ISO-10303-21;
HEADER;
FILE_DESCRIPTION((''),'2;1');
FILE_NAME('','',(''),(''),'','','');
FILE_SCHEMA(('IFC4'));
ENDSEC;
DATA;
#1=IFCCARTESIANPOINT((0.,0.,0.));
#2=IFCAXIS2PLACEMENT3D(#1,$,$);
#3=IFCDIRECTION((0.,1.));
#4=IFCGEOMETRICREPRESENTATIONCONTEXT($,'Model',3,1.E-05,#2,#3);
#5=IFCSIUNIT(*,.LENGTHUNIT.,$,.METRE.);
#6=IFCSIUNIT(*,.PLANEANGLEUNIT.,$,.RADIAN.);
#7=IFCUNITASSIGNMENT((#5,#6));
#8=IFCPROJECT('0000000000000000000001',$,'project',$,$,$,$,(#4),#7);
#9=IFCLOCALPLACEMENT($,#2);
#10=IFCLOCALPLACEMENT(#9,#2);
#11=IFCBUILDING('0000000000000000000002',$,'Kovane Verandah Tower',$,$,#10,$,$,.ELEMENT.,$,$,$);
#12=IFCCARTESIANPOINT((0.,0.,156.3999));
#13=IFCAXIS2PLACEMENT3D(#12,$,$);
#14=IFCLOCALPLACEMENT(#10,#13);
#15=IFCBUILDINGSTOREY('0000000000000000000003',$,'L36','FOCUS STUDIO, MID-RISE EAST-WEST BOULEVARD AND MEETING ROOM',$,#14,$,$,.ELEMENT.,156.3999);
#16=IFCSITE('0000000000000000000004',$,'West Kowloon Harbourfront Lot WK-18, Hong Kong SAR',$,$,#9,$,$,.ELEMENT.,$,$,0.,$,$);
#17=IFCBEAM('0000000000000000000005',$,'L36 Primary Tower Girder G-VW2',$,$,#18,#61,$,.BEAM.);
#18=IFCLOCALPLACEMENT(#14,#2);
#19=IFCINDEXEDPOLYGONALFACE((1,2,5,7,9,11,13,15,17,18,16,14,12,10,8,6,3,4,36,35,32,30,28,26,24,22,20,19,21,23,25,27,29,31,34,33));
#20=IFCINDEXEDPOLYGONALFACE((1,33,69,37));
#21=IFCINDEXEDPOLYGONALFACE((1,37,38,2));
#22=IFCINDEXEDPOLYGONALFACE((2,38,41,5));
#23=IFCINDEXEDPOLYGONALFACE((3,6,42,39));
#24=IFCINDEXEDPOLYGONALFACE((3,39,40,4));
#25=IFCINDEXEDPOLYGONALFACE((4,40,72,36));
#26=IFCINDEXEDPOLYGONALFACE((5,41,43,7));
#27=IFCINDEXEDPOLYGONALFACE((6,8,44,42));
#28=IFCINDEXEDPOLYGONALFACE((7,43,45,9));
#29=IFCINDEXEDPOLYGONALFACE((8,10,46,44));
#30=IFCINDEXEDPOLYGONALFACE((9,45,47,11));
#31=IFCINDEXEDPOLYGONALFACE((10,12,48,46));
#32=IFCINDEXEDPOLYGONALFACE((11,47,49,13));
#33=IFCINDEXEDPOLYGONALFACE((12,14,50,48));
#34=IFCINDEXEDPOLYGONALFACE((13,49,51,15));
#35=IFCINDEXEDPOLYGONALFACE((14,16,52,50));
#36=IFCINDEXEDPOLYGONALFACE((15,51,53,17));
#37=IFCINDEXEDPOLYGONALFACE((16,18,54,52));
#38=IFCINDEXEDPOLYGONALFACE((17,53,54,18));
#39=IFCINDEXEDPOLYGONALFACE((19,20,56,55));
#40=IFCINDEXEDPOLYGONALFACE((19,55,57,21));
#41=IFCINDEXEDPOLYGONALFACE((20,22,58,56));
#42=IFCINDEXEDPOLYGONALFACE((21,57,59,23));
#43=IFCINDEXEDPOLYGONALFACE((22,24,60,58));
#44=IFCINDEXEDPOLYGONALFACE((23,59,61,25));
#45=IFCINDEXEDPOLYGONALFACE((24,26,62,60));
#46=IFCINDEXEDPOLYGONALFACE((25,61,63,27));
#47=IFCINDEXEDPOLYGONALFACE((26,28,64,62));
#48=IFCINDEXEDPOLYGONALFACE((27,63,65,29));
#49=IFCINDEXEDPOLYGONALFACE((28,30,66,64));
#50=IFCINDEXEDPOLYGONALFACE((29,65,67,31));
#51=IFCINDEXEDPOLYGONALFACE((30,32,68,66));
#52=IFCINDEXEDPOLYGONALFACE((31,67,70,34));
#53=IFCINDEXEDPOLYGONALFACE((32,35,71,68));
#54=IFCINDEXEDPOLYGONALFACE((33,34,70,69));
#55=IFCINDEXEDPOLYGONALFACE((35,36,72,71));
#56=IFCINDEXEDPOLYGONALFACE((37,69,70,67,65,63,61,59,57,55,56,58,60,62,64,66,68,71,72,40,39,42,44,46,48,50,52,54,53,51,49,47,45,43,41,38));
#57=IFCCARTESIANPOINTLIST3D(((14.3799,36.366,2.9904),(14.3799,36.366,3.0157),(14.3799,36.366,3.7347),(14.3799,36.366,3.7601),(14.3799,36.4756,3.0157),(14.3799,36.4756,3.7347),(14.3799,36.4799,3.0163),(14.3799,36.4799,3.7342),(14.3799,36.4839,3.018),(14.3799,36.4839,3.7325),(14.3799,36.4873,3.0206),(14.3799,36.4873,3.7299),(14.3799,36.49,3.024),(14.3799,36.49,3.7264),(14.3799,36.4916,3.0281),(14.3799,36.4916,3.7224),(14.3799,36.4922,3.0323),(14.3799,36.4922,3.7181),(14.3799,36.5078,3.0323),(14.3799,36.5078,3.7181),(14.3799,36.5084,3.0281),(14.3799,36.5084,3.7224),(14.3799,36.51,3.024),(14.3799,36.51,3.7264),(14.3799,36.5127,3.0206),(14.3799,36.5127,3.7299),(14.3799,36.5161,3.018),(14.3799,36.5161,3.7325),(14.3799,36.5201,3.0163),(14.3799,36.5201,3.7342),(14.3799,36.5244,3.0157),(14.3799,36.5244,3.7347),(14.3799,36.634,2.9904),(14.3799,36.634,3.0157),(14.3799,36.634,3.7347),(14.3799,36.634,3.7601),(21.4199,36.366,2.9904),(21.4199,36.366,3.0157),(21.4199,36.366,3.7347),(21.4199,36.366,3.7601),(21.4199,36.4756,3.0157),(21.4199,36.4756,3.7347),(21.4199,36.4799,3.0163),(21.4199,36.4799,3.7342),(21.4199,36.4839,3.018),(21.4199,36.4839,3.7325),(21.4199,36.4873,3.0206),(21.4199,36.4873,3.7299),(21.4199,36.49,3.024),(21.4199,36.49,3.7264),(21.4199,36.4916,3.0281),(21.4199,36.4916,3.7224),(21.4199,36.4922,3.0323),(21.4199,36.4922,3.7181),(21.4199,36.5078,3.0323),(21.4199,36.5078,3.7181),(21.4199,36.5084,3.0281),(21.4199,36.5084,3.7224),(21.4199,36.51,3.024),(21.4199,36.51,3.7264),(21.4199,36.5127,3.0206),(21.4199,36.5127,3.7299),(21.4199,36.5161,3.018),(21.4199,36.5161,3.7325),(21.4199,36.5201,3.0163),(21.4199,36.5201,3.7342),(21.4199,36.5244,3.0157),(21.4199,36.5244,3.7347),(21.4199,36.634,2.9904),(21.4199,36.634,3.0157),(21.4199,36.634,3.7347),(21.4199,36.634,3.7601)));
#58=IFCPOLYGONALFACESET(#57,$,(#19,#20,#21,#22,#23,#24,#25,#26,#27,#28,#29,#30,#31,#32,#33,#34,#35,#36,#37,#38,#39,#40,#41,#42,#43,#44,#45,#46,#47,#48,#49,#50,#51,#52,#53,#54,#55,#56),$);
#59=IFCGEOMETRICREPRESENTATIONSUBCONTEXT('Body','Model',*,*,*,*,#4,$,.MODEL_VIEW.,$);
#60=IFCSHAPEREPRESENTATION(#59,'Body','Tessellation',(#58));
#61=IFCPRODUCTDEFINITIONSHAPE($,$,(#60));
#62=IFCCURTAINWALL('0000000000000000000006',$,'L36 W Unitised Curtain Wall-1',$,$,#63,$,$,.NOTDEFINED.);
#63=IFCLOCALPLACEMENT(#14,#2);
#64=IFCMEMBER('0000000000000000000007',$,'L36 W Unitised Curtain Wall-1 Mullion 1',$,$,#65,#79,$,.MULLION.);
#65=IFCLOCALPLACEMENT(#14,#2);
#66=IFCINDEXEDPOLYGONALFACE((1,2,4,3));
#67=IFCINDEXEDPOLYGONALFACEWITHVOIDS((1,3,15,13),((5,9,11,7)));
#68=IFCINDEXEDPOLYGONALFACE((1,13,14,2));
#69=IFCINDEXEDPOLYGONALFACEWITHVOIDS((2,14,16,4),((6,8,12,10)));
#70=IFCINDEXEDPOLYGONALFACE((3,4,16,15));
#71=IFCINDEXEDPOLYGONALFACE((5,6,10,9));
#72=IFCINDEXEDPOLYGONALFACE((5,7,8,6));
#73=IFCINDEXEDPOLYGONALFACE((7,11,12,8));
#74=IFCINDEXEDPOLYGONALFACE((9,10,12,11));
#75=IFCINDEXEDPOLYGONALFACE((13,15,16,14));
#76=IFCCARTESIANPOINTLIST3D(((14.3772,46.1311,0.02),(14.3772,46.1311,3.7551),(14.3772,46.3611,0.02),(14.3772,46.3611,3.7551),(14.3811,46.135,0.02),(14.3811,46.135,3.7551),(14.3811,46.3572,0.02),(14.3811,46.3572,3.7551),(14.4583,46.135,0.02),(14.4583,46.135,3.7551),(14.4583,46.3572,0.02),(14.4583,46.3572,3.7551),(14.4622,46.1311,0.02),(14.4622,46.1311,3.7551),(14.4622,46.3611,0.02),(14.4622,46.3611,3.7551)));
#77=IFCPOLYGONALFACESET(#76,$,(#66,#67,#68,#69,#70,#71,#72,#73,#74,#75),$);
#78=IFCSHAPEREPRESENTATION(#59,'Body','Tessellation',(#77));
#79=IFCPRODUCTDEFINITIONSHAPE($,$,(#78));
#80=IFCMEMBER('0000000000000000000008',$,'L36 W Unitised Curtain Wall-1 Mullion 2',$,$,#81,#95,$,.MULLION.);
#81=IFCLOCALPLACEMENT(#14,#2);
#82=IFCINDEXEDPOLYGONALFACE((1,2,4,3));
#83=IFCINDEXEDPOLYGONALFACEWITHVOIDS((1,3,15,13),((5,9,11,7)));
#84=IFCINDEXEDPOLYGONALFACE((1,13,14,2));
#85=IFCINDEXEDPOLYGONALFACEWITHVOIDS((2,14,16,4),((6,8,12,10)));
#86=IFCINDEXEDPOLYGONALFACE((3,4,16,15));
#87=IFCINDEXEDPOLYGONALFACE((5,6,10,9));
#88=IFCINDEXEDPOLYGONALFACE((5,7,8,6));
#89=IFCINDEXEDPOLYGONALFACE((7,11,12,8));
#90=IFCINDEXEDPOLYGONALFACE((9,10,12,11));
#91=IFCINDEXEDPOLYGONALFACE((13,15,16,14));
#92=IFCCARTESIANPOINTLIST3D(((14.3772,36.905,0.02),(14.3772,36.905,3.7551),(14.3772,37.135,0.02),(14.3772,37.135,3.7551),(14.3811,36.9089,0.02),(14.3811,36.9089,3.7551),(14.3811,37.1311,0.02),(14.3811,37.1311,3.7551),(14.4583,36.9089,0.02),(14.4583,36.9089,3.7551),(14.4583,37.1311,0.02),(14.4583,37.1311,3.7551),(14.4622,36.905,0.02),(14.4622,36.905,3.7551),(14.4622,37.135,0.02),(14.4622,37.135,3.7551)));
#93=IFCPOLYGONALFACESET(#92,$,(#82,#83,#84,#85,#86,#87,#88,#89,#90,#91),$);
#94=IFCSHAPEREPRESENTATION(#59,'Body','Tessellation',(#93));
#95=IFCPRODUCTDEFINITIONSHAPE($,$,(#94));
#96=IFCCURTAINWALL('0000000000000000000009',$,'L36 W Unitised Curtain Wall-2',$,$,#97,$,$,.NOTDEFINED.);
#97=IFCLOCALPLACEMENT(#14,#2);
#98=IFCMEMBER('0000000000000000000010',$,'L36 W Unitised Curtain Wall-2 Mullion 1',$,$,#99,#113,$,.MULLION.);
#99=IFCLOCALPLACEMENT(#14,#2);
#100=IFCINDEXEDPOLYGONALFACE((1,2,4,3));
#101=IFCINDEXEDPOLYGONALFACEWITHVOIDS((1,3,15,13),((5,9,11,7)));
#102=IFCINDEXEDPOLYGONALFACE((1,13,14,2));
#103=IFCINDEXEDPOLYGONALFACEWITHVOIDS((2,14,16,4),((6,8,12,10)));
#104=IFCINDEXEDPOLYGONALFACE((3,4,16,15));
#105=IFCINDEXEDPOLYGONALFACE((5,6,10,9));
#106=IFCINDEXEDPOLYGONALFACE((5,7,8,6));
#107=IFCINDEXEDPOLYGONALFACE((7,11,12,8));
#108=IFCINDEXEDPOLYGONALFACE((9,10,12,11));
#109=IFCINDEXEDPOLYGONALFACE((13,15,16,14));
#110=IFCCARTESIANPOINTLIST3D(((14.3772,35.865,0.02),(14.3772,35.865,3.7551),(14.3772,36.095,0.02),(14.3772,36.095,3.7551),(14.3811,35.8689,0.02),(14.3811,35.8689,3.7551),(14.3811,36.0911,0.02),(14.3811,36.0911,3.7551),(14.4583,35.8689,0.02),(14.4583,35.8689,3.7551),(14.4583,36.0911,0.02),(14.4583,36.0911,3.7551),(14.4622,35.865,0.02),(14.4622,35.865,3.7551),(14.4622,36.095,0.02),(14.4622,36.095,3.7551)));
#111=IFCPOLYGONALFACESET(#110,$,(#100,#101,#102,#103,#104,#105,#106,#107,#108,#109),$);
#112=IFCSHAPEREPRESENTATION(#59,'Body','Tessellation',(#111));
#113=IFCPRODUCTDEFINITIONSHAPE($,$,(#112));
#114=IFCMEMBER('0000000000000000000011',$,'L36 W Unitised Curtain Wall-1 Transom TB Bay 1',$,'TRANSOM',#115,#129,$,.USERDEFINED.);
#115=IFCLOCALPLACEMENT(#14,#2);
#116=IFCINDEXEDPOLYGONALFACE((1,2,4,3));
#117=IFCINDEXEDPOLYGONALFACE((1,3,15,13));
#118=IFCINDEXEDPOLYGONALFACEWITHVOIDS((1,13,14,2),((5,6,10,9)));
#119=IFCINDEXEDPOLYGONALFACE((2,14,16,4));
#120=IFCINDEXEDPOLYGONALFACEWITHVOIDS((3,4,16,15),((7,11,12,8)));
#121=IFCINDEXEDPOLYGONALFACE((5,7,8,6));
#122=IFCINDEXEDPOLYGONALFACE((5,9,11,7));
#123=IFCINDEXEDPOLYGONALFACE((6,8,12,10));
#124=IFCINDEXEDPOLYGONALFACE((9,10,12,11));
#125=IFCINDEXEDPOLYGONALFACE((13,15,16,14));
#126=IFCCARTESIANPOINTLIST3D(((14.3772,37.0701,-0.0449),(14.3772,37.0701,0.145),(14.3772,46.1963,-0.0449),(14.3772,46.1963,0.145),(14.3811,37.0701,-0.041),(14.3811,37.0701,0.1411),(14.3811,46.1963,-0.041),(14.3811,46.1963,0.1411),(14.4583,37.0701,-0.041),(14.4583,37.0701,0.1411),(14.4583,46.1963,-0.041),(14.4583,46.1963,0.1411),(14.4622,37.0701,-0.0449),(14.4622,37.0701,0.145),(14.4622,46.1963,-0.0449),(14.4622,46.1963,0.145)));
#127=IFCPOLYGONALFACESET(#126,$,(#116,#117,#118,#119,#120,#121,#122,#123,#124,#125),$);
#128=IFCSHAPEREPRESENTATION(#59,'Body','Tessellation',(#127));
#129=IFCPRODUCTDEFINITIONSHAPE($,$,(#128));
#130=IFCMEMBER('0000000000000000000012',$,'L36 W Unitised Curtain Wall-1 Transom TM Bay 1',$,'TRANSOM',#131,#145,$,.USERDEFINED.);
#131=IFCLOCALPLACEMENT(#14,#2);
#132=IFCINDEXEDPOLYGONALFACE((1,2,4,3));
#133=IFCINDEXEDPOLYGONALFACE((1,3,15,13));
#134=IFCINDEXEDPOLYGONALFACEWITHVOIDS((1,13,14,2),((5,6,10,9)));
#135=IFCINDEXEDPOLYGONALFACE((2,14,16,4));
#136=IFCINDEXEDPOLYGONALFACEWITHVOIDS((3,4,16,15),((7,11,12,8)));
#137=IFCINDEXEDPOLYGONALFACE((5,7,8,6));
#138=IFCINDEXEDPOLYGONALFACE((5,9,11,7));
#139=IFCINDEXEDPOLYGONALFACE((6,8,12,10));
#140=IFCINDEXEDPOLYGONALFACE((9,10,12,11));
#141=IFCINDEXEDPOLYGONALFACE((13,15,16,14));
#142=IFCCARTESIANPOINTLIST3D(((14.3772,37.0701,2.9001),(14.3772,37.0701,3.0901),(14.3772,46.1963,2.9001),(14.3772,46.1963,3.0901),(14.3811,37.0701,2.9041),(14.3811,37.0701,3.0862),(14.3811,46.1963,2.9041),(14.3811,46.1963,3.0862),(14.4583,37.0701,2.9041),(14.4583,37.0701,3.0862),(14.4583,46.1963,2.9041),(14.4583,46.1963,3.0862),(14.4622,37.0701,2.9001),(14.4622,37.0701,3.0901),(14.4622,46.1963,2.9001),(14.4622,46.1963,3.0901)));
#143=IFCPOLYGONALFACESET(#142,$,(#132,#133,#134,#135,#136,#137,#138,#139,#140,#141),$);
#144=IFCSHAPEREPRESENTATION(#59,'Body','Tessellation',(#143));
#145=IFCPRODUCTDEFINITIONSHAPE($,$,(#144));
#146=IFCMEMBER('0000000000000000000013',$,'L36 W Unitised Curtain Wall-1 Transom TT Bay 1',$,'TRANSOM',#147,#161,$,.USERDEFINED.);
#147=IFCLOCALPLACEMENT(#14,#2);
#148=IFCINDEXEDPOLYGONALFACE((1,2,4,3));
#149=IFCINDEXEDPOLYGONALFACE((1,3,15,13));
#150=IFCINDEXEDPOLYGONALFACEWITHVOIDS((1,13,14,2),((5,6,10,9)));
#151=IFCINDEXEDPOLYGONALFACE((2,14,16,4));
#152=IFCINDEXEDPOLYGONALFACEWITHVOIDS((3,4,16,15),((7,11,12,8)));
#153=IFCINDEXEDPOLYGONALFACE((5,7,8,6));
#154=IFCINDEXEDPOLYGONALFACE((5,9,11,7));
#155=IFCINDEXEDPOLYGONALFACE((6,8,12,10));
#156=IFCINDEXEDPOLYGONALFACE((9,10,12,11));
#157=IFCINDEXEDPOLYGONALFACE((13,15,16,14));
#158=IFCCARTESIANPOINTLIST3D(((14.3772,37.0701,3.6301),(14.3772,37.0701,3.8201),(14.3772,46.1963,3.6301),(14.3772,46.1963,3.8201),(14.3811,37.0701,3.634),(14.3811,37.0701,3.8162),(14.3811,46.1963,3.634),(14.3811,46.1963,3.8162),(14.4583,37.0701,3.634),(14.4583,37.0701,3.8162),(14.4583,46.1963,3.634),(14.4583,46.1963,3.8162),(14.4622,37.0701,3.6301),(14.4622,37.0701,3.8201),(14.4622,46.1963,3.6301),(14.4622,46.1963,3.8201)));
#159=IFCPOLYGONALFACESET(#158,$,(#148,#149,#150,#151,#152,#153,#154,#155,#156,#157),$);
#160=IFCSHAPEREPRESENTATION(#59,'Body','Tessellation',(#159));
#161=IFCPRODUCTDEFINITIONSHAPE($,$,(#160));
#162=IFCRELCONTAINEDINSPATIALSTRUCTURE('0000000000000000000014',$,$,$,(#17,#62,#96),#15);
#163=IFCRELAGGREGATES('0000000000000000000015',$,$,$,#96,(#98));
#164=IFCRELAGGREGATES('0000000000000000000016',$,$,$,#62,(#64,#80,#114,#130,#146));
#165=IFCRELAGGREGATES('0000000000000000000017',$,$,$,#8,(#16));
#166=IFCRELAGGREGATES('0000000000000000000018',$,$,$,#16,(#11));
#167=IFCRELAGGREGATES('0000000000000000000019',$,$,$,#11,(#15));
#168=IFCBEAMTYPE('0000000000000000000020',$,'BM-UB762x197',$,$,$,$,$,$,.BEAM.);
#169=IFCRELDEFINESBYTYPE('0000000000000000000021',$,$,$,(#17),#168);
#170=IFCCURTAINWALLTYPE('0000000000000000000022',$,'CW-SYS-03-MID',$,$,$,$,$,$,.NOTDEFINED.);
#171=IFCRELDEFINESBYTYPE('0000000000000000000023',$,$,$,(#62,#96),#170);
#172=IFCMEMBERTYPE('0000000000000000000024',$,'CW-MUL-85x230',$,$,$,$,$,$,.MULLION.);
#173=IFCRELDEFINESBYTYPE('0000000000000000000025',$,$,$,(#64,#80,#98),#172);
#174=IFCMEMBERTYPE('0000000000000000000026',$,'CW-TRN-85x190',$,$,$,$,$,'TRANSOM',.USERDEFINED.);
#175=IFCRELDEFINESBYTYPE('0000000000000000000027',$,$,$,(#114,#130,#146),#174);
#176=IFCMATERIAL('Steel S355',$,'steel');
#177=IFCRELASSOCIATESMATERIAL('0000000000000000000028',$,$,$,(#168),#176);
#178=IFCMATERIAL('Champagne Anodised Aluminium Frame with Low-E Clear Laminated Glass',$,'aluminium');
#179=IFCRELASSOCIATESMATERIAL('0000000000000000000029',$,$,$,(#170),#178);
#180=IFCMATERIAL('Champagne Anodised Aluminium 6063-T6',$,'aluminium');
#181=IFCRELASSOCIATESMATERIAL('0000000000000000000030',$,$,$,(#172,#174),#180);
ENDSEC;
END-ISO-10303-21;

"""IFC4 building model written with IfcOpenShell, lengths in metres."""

from ifc_helpers import new_model, si_unit, direction, frame, origin, origin_2d, place, context, subcontext, project, spatial, hollow_rectangle, i_section, extrude, material, material_profile, profile_set, type_object, element, aggregate, save


model = new_model("IFC4")

# Units and contexts
model_context = context("Model", 3, precision=1e-05, world=origin(), true_north=direction((0.0, 1.0)))
body_context = subcontext(model_context, "Body", "Model", "MODEL_VIEW")
ifc_project = project(units=[si_unit("LENGTHUNIT", "METRE"), si_unit("PLANEANGLEUNIT", "RADIAN")], contexts=[model_context])

# Site, building, storey
site_placement = place(None, origin())
site = spatial("IfcSite", under=ifc_project, at=site_placement, Name="West Kowloon Harbourfront Lot WK-18, Hong Kong SAR", CompositionType="ELEMENT", RefElevation=0.0)
building_placement = place(site_placement, origin())
building = spatial("IfcBuilding", under=site, at=building_placement, Name="Kovane Verandah Tower", CompositionType="ELEMENT")
storey_placement = place(building_placement, frame((0.0, 0.0, 156.3999)))
storey = spatial("IfcBuildingStorey", under=building, at=storey_placement, Name="L36", Description="FOCUS STUDIO, MID-RISE EAST-WEST BOULEVARD AND MEETING ROOM", CompositionType="ELEMENT", Elevation=156.3999)

# Beam
ifc_material_1 = material(Name="Steel S355", Category="steel")
ifc_material_profile_1 = material_profile(ifc_material_1, i_section(OverallWidth=0.2681, OverallDepth=0.7698, WebThickness=0.0156, FlangeThickness=0.0254, FilletRadius=0.0166, at=origin_2d()), Name="UB762x267x197")
ifc_profile_set_1 = profile_set([ifc_material_profile_1], Name="Steel S355")
beam_type_1 = type_object("IfcBeamType", Name="BM-UB762x197", PredefinedType="BEAM", material=ifc_profile_set_1)
beam_1_placement = place(storey_placement, frame((21.4199, 36.5, 3.3752), z_axis=(-1.0, 0.0, 0.0), x_axis=(0.0, -1.0, 0.0)))
element("IfcBeam", 1, at=beam_1_placement, inside=storey, type_object=beam_type_1, Name="L36 Primary Tower Girder G-VW2", PredefinedType="BEAM", context=body_context, shape_type="SweptSolid", body=[
    extrude(i_section(OverallWidth=0.2681, OverallDepth=0.7698, WebThickness=0.0156, FlangeThickness=0.0254, FilletRadius=0.0166, at=origin_2d()), origin(), (0.0, 0.0, 1.0), 7.04),
])

# Curtain wall, members
ifc_material_2 = material(Name="Champagne Anodised Aluminium Frame with Low-E Clear Laminated Glass", Category="aluminium")
curtain_wall_type = type_object("IfcCurtainWallType", Name="CW-SYS-03-MID", PredefinedType="NOTDEFINED", material=ifc_material_2)
curtain_wall_1_placement = place(storey_placement, origin())
curtain_wall_1 = element("IfcCurtainWall", 2, at=curtain_wall_1_placement, inside=storey, type_object=curtain_wall_type, Name="L36 W Unitised Curtain Wall-1", PredefinedType="NOTDEFINED")
ifc_material_3 = material(Name="Champagne Anodised Aluminium 6063-T6", Category="aluminium")
ifc_material_profile_2 = material_profile(ifc_material_3, hollow_rectangle(XDim=0.085, YDim=0.23, WallThickness=0.0039, at=origin_2d()), Name="AL85x230x4")
ifc_profile_set_2 = profile_set([ifc_material_profile_2], Name="Champagne Anodised Aluminium 6063-T6")
member_type_1 = type_object("IfcMemberType", Name="CW-MUL-85x230", PredefinedType="MULLION", material=ifc_profile_set_2)
member_1_placement = place(storey_placement, frame((14.4197, 46.2461, 0.02), z_axis=(0.0, 0.0, 1.0), x_axis=(-1.0, 0.0, 0.0)))
member_1 = element("IfcMember", 3, at=member_1_placement, type_object=member_type_1, Name="L36 W Unitised Curtain Wall-1 Mullion 1", PredefinedType="MULLION", context=body_context, shape_type="SweptSolid", body=[
    extrude(hollow_rectangle(XDim=0.085, YDim=0.23, WallThickness=0.0039, at=origin_2d()), origin(), (0.0, 0.0, 1.0), 3.7351),
])
member_2_placement = place(storey_placement, frame((14.4197, 37.02, 0.02), z_axis=(0.0, 0.0, 1.0), x_axis=(-1.0, 0.0, 0.0)))
member_2 = element("IfcMember", 4, at=member_2_placement, type_object=member_type_1, Name="L36 W Unitised Curtain Wall-1 Mullion 2", PredefinedType="MULLION", context=body_context, shape_type="SweptSolid", body=[
    extrude(hollow_rectangle(XDim=0.085, YDim=0.23, WallThickness=0.0039, at=origin_2d()), origin(), (0.0, 0.0, 1.0), 3.7351),
])

# Curtain wall, member
curtain_wall_2_placement = place(storey_placement, origin())
curtain_wall_2 = element("IfcCurtainWall", 5, at=curtain_wall_2_placement, inside=storey, type_object=curtain_wall_type, Name="L36 W Unitised Curtain Wall-2", PredefinedType="NOTDEFINED")
member_3_placement = place(storey_placement, frame((14.4197, 35.98, 0.02), z_axis=(0.0, 0.0, 1.0), x_axis=(-1.0, 0.0, 0.0)))
member_3 = element("IfcMember", 6, at=member_3_placement, type_object=member_type_1, Name="L36 W Unitised Curtain Wall-2 Mullion 1", PredefinedType="MULLION", context=body_context, shape_type="SweptSolid", body=[
    extrude(hollow_rectangle(XDim=0.085, YDim=0.23, WallThickness=0.0039, at=origin_2d()), origin(), (0.0, 0.0, 1.0), 3.7351),
])
aggregate(curtain_wall_2, [member_3])

# Members
ifc_material_profile_3 = material_profile(ifc_material_3, hollow_rectangle(XDim=0.085, YDim=0.1899, WallThickness=0.0039, at=origin_2d()), Name="AL85x190x4")
ifc_profile_set_3 = profile_set([ifc_material_profile_3], Name="Champagne Anodised Aluminium 6063-T6")
member_type_2 = type_object("IfcMemberType", Name="CW-TRN-85x190", ElementType="TRANSOM", PredefinedType="USERDEFINED", material=ifc_profile_set_3)
member_4_placement = place(storey_placement, frame((14.4197, 46.1963, 0.05), z_axis=(0.0, -1.0, 0.0), x_axis=(1.0, 0.0, 0.0)))
member_4 = element("IfcMember", 7, at=member_4_placement, type_object=member_type_2, Name="L36 W Unitised Curtain Wall-1 Transom TB Bay 1", ObjectType="TRANSOM", PredefinedType="USERDEFINED", context=body_context, shape_type="SweptSolid", body=[
    extrude(hollow_rectangle(XDim=0.085, YDim=0.1899, WallThickness=0.0039, at=origin_2d()), origin(), (0.0, 0.0, 1.0), 9.1262),
])
member_5_placement = place(storey_placement, frame((14.4197, 46.1963, 2.9951), z_axis=(0.0, -1.0, 0.0), x_axis=(1.0, 0.0, 0.0)))
member_5 = element("IfcMember", 8, at=member_5_placement, type_object=member_type_2, Name="L36 W Unitised Curtain Wall-1 Transom TM Bay 1", ObjectType="TRANSOM", PredefinedType="USERDEFINED", context=body_context, shape_type="SweptSolid", body=[
    extrude(hollow_rectangle(XDim=0.085, YDim=0.1899, WallThickness=0.0039, at=origin_2d()), origin(), (0.0, 0.0, 1.0), 9.1262),
])
member_6_placement = place(storey_placement, frame((14.4197, 46.1963, 3.7251), z_axis=(0.0, -1.0, 0.0), x_axis=(1.0, 0.0, 0.0)))
member_6 = element("IfcMember", 9, at=member_6_placement, type_object=member_type_2, Name="L36 W Unitised Curtain Wall-1 Transom TT Bay 1", ObjectType="TRANSOM", PredefinedType="USERDEFINED", context=body_context, shape_type="SweptSolid", body=[
    extrude(hollow_rectangle(XDim=0.085, YDim=0.1899, WallThickness=0.0039, at=origin_2d()), origin(), (0.0, 0.0, 1.0), 9.1262),
])

aggregate(curtain_wall_1, [member_1, member_2, member_4, member_5, member_6])

save(model, "model.ifc")
